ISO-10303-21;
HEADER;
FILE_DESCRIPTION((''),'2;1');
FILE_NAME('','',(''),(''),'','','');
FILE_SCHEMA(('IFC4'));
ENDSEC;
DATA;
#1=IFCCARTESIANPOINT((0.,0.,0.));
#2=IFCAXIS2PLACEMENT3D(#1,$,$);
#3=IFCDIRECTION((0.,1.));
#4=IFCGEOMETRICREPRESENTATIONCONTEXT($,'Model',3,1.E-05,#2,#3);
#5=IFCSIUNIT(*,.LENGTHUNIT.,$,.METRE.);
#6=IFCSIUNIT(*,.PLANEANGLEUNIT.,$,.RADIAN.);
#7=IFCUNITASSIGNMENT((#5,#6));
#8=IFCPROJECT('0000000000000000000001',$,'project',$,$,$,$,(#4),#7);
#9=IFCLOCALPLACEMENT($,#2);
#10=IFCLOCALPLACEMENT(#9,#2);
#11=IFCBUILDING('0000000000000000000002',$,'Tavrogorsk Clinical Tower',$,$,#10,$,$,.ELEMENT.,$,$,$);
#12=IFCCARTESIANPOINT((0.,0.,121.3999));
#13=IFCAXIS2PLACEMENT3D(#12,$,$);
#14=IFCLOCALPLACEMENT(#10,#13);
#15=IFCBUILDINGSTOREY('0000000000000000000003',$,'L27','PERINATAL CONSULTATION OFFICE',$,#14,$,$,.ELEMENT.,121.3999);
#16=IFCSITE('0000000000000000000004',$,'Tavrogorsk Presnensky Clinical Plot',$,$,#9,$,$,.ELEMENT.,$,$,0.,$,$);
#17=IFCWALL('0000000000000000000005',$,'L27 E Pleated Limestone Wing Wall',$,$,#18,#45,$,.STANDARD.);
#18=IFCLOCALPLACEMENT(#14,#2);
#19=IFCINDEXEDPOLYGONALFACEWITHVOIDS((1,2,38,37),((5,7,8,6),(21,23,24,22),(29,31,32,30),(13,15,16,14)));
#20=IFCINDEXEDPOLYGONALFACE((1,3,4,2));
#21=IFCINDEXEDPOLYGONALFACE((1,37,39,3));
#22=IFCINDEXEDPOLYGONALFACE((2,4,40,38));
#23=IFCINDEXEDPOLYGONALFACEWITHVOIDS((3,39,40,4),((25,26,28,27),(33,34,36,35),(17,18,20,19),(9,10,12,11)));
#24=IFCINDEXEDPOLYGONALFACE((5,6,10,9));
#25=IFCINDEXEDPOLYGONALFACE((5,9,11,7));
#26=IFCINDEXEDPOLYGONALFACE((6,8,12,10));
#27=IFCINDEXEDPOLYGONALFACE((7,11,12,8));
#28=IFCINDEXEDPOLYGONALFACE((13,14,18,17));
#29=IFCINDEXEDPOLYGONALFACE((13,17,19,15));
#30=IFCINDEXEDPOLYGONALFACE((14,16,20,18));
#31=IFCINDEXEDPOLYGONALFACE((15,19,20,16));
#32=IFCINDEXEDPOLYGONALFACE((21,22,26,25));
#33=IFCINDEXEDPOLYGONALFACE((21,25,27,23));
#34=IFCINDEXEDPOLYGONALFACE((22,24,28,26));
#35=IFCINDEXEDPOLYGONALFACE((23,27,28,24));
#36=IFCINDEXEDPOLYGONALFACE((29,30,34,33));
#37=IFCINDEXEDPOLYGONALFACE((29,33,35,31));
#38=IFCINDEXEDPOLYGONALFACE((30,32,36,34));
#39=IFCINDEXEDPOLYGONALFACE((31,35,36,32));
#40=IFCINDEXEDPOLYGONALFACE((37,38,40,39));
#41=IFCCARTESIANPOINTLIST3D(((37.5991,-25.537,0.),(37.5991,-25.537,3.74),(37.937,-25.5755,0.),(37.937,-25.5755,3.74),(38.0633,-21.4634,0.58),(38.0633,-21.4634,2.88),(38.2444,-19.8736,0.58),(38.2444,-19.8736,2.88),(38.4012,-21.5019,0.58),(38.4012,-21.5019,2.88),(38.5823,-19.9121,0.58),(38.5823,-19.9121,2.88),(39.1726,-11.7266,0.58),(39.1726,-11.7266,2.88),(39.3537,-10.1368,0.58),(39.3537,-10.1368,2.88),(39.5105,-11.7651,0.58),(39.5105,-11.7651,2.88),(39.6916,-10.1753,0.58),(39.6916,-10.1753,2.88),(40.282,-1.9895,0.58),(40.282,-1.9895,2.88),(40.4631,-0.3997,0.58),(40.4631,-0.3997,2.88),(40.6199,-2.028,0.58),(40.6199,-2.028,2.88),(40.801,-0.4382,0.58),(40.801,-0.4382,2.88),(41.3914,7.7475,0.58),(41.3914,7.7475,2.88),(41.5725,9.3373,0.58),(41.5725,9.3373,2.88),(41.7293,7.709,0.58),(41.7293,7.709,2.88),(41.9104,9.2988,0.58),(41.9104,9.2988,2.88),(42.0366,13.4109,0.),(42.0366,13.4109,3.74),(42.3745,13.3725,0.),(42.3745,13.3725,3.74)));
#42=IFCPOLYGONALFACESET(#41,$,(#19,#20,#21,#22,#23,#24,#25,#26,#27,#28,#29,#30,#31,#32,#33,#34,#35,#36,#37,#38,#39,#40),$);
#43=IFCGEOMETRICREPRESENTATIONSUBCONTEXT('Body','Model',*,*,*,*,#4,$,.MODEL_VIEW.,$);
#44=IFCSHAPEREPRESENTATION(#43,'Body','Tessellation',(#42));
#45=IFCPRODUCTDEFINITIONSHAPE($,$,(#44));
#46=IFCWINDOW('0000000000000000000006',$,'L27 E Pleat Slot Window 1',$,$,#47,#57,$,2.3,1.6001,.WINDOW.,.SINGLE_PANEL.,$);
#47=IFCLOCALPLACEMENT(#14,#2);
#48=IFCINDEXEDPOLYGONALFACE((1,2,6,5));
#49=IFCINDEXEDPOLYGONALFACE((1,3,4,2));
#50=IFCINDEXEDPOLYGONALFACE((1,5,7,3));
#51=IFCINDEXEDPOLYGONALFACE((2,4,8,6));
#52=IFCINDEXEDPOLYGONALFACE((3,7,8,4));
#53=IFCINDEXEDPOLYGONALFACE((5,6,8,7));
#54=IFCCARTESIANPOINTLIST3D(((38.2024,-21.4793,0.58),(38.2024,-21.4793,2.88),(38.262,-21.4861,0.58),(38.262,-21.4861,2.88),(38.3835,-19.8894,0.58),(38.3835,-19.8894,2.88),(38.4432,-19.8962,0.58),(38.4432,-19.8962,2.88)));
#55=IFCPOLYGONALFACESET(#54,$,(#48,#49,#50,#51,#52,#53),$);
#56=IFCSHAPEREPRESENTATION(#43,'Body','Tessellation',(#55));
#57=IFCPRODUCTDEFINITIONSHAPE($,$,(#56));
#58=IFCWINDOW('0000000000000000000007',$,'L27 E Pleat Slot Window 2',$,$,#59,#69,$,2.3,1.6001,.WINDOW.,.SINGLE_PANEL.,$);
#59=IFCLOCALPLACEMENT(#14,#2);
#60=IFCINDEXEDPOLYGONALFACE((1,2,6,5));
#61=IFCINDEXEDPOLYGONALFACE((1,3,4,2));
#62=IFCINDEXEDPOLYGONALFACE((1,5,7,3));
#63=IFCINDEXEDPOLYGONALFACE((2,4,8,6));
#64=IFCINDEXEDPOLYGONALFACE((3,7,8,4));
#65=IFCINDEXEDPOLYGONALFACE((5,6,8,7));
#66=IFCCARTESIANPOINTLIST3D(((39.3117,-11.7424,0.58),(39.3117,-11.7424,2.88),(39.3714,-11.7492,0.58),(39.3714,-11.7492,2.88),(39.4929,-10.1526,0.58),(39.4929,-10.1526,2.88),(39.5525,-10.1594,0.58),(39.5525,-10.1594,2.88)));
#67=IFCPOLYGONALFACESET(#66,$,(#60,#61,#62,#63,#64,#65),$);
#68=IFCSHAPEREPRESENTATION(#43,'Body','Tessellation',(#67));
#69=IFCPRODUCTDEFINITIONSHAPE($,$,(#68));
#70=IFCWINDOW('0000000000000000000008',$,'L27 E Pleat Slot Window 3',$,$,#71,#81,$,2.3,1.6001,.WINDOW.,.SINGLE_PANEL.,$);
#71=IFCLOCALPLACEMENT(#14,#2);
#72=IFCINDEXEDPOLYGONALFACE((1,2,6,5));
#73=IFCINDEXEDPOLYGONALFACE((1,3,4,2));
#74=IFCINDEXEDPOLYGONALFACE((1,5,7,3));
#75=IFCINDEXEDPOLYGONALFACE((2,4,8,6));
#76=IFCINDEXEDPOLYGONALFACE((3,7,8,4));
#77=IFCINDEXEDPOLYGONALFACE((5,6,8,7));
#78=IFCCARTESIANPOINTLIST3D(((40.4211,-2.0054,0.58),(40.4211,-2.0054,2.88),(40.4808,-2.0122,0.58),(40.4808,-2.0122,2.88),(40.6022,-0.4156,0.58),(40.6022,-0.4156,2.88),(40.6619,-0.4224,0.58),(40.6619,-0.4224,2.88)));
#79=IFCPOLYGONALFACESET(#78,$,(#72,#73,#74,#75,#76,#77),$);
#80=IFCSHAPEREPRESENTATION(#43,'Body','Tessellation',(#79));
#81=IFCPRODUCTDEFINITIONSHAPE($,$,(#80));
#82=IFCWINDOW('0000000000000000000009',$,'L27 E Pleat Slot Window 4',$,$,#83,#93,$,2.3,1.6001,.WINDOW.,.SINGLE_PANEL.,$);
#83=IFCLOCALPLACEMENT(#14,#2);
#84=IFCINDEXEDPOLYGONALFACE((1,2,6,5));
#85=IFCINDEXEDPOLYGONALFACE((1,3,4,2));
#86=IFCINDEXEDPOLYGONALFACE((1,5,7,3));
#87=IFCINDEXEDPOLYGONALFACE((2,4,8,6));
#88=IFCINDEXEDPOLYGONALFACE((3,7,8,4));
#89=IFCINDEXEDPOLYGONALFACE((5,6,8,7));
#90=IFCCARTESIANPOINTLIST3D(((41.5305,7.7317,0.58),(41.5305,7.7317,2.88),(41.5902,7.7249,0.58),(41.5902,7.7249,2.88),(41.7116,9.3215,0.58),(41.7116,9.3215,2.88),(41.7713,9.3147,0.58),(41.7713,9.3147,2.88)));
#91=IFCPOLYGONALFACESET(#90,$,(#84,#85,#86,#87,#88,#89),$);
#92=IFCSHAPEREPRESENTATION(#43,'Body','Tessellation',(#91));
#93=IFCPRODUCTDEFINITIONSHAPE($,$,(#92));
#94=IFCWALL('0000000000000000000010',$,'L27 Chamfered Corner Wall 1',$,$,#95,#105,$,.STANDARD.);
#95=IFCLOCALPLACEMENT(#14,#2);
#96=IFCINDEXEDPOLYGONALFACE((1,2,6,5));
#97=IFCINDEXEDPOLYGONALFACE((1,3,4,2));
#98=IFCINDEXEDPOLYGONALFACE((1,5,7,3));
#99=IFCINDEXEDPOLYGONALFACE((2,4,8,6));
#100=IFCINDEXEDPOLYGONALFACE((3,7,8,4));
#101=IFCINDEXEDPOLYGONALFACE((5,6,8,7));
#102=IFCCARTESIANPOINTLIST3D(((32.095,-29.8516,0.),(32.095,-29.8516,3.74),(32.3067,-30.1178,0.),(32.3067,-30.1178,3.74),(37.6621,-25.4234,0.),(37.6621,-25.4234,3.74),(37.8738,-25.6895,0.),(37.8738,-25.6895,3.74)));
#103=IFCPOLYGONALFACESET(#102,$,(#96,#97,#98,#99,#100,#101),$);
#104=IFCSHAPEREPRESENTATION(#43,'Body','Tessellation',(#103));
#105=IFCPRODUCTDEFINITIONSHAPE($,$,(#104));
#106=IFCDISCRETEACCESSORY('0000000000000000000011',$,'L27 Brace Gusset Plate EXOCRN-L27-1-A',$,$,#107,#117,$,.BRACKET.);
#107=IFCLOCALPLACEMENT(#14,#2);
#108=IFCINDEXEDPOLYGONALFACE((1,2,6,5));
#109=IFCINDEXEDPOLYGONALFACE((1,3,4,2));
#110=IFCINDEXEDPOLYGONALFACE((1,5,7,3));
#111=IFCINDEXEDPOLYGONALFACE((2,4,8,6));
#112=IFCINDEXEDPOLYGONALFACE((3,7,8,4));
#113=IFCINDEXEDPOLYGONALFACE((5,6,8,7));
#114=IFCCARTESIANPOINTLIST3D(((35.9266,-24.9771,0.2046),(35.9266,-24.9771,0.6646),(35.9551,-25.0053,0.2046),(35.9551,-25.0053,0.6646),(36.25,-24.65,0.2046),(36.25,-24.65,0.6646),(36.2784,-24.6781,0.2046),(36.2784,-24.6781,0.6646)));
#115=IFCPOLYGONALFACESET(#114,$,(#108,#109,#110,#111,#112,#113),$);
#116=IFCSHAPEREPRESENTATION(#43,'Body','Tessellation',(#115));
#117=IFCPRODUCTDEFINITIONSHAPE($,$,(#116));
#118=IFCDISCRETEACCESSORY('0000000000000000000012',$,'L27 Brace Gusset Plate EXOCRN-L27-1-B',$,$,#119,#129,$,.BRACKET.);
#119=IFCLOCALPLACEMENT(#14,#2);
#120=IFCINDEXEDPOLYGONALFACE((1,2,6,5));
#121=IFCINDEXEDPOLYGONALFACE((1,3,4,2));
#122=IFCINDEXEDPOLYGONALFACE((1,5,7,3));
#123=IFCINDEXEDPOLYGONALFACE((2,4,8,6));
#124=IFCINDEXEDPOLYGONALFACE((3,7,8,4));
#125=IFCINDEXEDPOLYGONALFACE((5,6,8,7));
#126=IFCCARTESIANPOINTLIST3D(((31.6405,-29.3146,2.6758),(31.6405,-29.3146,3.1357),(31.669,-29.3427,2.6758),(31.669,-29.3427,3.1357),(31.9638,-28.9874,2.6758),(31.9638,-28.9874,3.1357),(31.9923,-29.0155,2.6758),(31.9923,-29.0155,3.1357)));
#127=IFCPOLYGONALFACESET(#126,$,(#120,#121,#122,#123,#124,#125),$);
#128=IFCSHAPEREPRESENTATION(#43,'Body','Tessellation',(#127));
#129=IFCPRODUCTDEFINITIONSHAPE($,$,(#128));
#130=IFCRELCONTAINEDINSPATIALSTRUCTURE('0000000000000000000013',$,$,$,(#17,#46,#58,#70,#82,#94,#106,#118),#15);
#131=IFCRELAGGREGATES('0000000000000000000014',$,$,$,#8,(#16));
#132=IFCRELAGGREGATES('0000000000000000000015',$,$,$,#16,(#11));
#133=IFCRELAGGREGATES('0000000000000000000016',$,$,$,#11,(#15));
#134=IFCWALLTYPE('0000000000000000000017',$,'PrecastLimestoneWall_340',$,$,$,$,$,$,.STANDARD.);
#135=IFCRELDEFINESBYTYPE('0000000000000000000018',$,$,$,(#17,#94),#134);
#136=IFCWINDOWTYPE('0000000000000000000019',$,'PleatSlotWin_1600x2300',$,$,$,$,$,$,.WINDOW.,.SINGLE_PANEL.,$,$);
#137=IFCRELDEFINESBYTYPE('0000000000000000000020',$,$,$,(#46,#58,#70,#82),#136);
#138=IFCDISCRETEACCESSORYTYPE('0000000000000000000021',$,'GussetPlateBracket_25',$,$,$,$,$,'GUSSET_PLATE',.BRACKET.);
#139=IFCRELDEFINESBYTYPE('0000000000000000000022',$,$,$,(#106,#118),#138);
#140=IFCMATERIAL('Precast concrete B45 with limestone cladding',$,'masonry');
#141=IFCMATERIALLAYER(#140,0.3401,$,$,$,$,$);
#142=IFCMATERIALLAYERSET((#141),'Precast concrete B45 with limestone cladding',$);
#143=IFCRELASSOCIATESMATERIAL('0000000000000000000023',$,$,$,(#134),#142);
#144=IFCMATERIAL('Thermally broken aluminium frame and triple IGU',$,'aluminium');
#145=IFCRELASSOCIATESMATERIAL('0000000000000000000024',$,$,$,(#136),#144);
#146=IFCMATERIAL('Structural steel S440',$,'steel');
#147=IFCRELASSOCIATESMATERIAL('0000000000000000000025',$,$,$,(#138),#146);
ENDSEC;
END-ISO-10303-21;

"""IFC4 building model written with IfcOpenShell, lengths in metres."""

from ifc_helpers import new_model, si_unit, direction, frame, frame_2d, origin, origin_2d, place, context, subcontext, project, spatial, rectangle, extrude, material, layer, layer_set, type_object, element, fill, save


model = new_model("IFC4")

# Units and contexts
model_context = context("Model", 3, precision=1e-05, world=origin(), true_north=direction((0.0, 1.0)))
body_context = subcontext(model_context, "Body", "Model", "MODEL_VIEW")
ifc_project = project(units=[si_unit("LENGTHUNIT", "METRE"), si_unit("PLANEANGLEUNIT", "RADIAN")], contexts=[model_context])

# Site, building, storey
site_placement = place(None, origin())
site = spatial("IfcSite", under=ifc_project, at=site_placement, Name="Tavrogorsk Presnensky Clinical Plot", CompositionType="ELEMENT", RefElevation=0.0)
building_placement = place(site_placement, origin())
building = spatial("IfcBuilding", under=site, at=building_placement, Name="Tavrogorsk Clinical Tower", CompositionType="ELEMENT")
storey_placement = place(building_placement, frame((0.0, 0.0, 121.3999)))
storey = spatial("IfcBuildingStorey", under=building, at=storey_placement, Name="L27", Description="PERINATAL CONSULTATION OFFICE", CompositionType="ELEMENT", Elevation=121.3999)

# Wall, openings, windows
ifc_material_1 = material(Name="Precast concrete B45 with limestone cladding", Category="masonry")
ifc_layer_1 = layer(ifc_material_1, 0.3401)
ifc_layer_set_1 = layer_set([ifc_layer_1], Name="Precast concrete B45 with limestone cladding")
wall_type_1 = type_object("IfcWallType", Name="PrecastLimestoneWall_340", PredefinedType="STANDARD", material=ifc_layer_set_1)
wall_1_placement = place(storey_placement, frame((37.7681, -25.5564, 0.0), z_axis=(0.0, 0.0, 1.0), x_axis=(0.113202, 0.993572, 0.0)))
wall_1 = element("IfcWall", 1, at=wall_1_placement, inside=storey, type_object=wall_type_1, Name="L27 E Pleated Limestone Wing Wall", PredefinedType="STANDARD", context=body_context, shape_type="SweptSolid", body=[
    extrude(rectangle(XDim=39.2, YDim=0.3401, at=frame_2d((19.6001, 0.0))), origin(), (0.0, 0.0, 1.0), 3.74),
])
opening_1_placement = place(wall_1_placement, frame((4.1001, 0.0, 0.5801)))
opening_1 = element("IfcOpeningElement", 2, at=opening_1_placement, cuts=wall_1, PredefinedType="OPENING", context=body_context, shape_type="SweptSolid", body=[
    extrude(rectangle(XDim=1.6001, YDim=2.3, at=frame_2d((0.8, 1.1499))), frame((0.0, 0.1799, 0.0), z_axis=(0.0, -1.0, 0.0), x_axis=(1.0, 0.0, 0.0)), (0.0, 0.0, 1.0), 0.3601),
])
opening_2_placement = place(wall_1_placement, frame((13.8999, 0.0, 0.5801)))
opening_2 = element("IfcOpeningElement", 3, at=opening_2_placement, cuts=wall_1, PredefinedType="OPENING", context=body_context, shape_type="SweptSolid", body=[
    extrude(rectangle(XDim=1.6001, YDim=2.3, at=frame_2d((0.8, 1.1499))), frame((0.0, 0.1799, 0.0), z_axis=(0.0, -1.0, 0.0), x_axis=(1.0, 0.0, 0.0)), (0.0, 0.0, 1.0), 0.3601),
])
opening_3_placement = place(wall_1_placement, frame((23.7, 0.0, 0.5801)))
opening_3 = element("IfcOpeningElement", 4, at=opening_3_placement, cuts=wall_1, PredefinedType="OPENING", context=body_context, shape_type="SweptSolid", body=[
    extrude(rectangle(XDim=1.6001, YDim=2.3, at=frame_2d((0.8, 1.1499))), frame((0.0, 0.1799, 0.0), z_axis=(0.0, -1.0, 0.0), x_axis=(1.0, 0.0, 0.0)), (0.0, 0.0, 1.0), 0.3601),
])
opening_4_placement = place(wall_1_placement, frame((33.5, 0.0, 0.5801)))
opening_4 = element("IfcOpeningElement", 5, at=opening_4_placement, cuts=wall_1, PredefinedType="OPENING", context=body_context, shape_type="SweptSolid", body=[
    extrude(rectangle(XDim=1.6001, YDim=2.3, at=frame_2d((0.8, 1.1499))), frame((0.0, 0.1799, 0.0), z_axis=(0.0, -1.0, 0.0), x_axis=(1.0, 0.0, 0.0)), (0.0, 0.0, 1.0), 0.3601),
])
ifc_material_2 = material(Name="Thermally broken aluminium frame and triple IGU", Category="aluminium")
window_type = type_object("IfcWindowType", Name="PleatSlotWin_1600x2300", PartitioningType="SINGLE_PANEL", PredefinedType="WINDOW", material=ifc_material_2)
window_1_placement = place(opening_1_placement, origin())
window_1 = element("IfcWindow", 6, at=window_1_placement, inside=storey, type_object=window_type, Name="L27 E Pleat Slot Window 1", OverallHeight=2.3, OverallWidth=1.6001, PartitioningType="SINGLE_PANEL", PredefinedType="WINDOW", context=body_context, shape_type="SweptSolid", body=[
    extrude(rectangle(XDim=1.6001, YDim=2.3, at=frame_2d((0.8, 1.1499))), frame((0.0, 0.03, 0.0), z_axis=(0.0, -1.0, 0.0), x_axis=(1.0, 0.0, 0.0)), (0.0, 0.0, 1.0), 0.0601),
])
fill(opening_1, window_1)
window_2_placement = place(opening_2_placement, origin())
window_2 = element("IfcWindow", 7, at=window_2_placement, inside=storey, type_object=window_type, Name="L27 E Pleat Slot Window 2", OverallHeight=2.3, OverallWidth=1.6001, PartitioningType="SINGLE_PANEL", PredefinedType="WINDOW", context=body_context, shape_type="SweptSolid", body=[
    extrude(rectangle(XDim=1.6001, YDim=2.3, at=frame_2d((0.8, 1.1499))), frame((0.0, 0.03, 0.0), z_axis=(0.0, -1.0, 0.0), x_axis=(1.0, 0.0, 0.0)), (0.0, 0.0, 1.0), 0.0601),
])
fill(opening_2, window_2)
window_3_placement = place(opening_3_placement, origin())
window_3 = element("IfcWindow", 8, at=window_3_placement, inside=storey, type_object=window_type, Name="L27 E Pleat Slot Window 3", OverallHeight=2.3, OverallWidth=1.6001, PartitioningType="SINGLE_PANEL", PredefinedType="WINDOW", context=body_context, shape_type="SweptSolid", body=[
    extrude(rectangle(XDim=1.6001, YDim=2.3, at=frame_2d((0.8, 1.1499))), frame((0.0, 0.03, 0.0), z_axis=(0.0, -1.0, 0.0), x_axis=(1.0, 0.0, 0.0)), (0.0, 0.0, 1.0), 0.0601),
])
fill(opening_3, window_3)
window_4_placement = place(opening_4_placement, origin())
window_4 = element("IfcWindow", 9, at=window_4_placement, inside=storey, type_object=window_type, Name="L27 E Pleat Slot Window 4", OverallHeight=2.3, OverallWidth=1.6001, PartitioningType="SINGLE_PANEL", PredefinedType="WINDOW", context=body_context, shape_type="SweptSolid", body=[
    extrude(rectangle(XDim=1.6001, YDim=2.3, at=frame_2d((0.8, 1.1499))), frame((0.0, 0.03, 0.0), z_axis=(0.0, -1.0, 0.0), x_axis=(1.0, 0.0, 0.0)), (0.0, 0.0, 1.0), 0.0601),
])
fill(opening_4, window_4)

# Wall
wall_2_placement = place(storey_placement, frame((32.2009, -29.9846, 0.0), z_axis=(0.0, 0.0, 1.0), x_axis=(0.782614, 0.622508, 0.0)))
element("IfcWall", 10, at=wall_2_placement, inside=storey, type_object=wall_type_1, Name="L27 Chamfered Corner Wall 1", PredefinedType="STANDARD", context=body_context, shape_type="SweptSolid", body=[
    extrude(rectangle(XDim=7.1135, YDim=0.3401, at=frame_2d((3.5566, 0.0))), origin(), (0.0, 0.0, 1.0), 3.74),
])

# Discrete accessories
ifc_material_3 = material(Name="Structural steel S440", Category="steel")
discrete_accessory_type = type_object("IfcDiscreteAccessoryType", Name="GussetPlateBracket_25", ElementType="GUSSET_PLATE", PredefinedType="BRACKET", material=ifc_material_3)
for number, where, z_axis, x_axis, name in (
    (11, (36.1025, -24.8276, 0.2046), (0.0, 0.0, 1.0), (-0.702898, -0.71129, 0.0), "L27 Brace Gusset Plate EXOCRN-L27-1-A"),
    (12, (31.8164, -29.165, 2.6758), (0.0, 0.0, 1.0), (-0.702898, -0.71129, 0.0), "L27 Brace Gusset Plate EXOCRN-L27-1-B"),
):
    element("IfcDiscreteAccessory", number, at=place(storey_placement, frame(where, z_axis=z_axis, x_axis=x_axis)), inside=storey, type_object=discrete_accessory_type, Name=name, PredefinedType="BRACKET", context=body_context, shape_type="SweptSolid", body=[
        extrude(rectangle(XDim=0.46, YDim=0.04, at=origin_2d()), origin(), (0.0, 0.0, 1.0), 0.46),
    ])

save(model, "model.ifc")
